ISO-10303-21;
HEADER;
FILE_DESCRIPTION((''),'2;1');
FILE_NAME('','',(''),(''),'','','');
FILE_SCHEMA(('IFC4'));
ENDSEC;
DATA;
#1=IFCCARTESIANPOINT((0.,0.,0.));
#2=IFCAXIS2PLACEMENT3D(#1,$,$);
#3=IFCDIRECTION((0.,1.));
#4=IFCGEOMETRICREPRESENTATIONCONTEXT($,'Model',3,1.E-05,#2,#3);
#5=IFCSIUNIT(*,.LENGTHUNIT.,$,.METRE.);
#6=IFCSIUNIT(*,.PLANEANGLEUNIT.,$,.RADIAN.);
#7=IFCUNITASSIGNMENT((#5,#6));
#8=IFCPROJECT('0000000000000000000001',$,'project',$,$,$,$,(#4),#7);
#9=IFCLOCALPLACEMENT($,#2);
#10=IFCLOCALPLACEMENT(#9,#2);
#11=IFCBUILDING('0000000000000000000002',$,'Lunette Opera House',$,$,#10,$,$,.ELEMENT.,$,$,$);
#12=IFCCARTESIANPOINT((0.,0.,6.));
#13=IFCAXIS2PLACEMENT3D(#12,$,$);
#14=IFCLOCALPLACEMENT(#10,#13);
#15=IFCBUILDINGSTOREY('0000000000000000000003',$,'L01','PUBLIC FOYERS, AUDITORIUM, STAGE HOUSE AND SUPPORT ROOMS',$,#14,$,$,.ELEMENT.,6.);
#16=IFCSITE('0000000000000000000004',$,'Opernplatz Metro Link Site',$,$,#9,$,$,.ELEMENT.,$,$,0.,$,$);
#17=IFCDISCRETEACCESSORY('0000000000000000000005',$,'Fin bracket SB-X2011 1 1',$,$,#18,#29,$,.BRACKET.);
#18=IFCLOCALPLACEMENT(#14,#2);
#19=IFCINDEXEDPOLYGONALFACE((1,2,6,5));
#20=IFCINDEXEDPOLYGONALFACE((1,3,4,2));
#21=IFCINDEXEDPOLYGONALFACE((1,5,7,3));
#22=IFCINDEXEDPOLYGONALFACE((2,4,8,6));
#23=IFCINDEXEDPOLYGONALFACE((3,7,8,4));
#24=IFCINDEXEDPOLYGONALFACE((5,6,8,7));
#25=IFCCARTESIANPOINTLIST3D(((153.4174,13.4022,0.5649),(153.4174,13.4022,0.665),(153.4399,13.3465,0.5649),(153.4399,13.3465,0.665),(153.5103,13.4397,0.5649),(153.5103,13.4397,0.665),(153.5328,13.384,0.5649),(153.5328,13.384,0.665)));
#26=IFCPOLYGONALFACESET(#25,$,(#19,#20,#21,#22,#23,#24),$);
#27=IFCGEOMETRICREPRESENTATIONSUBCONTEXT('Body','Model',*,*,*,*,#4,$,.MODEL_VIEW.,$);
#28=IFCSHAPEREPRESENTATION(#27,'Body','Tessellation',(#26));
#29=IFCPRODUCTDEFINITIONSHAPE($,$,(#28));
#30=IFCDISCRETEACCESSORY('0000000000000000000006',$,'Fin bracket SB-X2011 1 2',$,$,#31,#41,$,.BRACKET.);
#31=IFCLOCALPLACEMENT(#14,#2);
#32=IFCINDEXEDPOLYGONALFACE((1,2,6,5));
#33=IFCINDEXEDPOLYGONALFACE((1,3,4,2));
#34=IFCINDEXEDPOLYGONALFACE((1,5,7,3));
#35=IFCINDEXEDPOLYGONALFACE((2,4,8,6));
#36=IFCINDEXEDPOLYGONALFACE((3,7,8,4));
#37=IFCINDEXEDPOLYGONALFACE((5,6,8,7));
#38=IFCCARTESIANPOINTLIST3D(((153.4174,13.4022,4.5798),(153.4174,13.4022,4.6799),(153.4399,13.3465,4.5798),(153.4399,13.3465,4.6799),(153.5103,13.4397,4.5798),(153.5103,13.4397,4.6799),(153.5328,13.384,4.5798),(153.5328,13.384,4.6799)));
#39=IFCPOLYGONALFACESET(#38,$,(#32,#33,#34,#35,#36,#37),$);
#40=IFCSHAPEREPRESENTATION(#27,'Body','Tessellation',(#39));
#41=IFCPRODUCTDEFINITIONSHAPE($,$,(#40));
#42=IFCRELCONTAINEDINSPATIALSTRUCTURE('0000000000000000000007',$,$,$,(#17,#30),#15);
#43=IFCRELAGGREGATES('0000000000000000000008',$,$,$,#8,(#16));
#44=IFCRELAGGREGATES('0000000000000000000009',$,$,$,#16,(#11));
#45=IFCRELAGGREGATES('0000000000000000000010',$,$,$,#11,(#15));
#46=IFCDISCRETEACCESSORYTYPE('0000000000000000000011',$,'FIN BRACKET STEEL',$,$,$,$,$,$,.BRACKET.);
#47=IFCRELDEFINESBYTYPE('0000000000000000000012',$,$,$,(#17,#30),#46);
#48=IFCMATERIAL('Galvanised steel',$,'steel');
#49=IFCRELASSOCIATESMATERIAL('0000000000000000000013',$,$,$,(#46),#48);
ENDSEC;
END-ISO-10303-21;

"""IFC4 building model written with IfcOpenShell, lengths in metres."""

from ifc_helpers import new_model, si_unit, direction, frame, origin, origin_2d, place, context, subcontext, project, spatial, rectangle, extrude, material, type_object, element, save


model = new_model("IFC4")

# Units and contexts
model_context = context("Model", 3, precision=1e-05, world=origin(), true_north=direction((0.0, 1.0)))
body_context = subcontext(model_context, "Body", "Model", "MODEL_VIEW")
ifc_project = project(units=[si_unit("LENGTHUNIT", "METRE"), si_unit("PLANEANGLEUNIT", "RADIAN")], contexts=[model_context])

# Site, building, storey
site_placement = place(None, origin())
site = spatial("IfcSite", under=ifc_project, at=site_placement, Name="Opernplatz Metro Link Site", CompositionType="ELEMENT", RefElevation=0.0)
building_placement = place(site_placement, origin())
building = spatial("IfcBuilding", under=site, at=building_placement, Name="Lunette Opera House", CompositionType="ELEMENT")
storey_placement = place(building_placement, frame((0.0, 0.0, 6.0)))
storey = spatial("IfcBuildingStorey", under=building, at=storey_placement, Name="L01", Description="PUBLIC FOYERS, AUDITORIUM, STAGE HOUSE AND SUPPORT ROOMS", CompositionType="ELEMENT", Elevation=6.0)

# Discrete accessories
ifc_material_1 = material(Name="Galvanised steel", Category="steel")
discrete_accessory_type = type_object("IfcDiscreteAccessoryType", Name="FIN BRACKET STEEL", PredefinedType="BRACKET", material=ifc_material_1)
for number, where, z_axis, x_axis, name in (
    (1, (153.4751, 13.3931, 0.5649), (0.0, 0.0, 1.0), (-0.927183, -0.37461, 0.0), "Fin bracket SB-X2011 1 1"),
    (2, (153.4751, 13.3931, 4.5798), (0.0, 0.0, 1.0), (-0.927183, -0.37461, 0.0), "Fin bracket SB-X2011 1 2"),
):
    element("IfcDiscreteAccessory", number, at=place(storey_placement, frame(where, z_axis=z_axis, x_axis=x_axis)), inside=storey, type_object=discrete_accessory_type, Name=name, PredefinedType="BRACKET", context=body_context, shape_type="SweptSolid", body=[
        extrude(rectangle(XDim=0.1001, YDim=0.0601, at=origin_2d()), origin(), (0.0, 0.0, 1.0), 0.1001),
    ])

save(model, "model.ifc")
